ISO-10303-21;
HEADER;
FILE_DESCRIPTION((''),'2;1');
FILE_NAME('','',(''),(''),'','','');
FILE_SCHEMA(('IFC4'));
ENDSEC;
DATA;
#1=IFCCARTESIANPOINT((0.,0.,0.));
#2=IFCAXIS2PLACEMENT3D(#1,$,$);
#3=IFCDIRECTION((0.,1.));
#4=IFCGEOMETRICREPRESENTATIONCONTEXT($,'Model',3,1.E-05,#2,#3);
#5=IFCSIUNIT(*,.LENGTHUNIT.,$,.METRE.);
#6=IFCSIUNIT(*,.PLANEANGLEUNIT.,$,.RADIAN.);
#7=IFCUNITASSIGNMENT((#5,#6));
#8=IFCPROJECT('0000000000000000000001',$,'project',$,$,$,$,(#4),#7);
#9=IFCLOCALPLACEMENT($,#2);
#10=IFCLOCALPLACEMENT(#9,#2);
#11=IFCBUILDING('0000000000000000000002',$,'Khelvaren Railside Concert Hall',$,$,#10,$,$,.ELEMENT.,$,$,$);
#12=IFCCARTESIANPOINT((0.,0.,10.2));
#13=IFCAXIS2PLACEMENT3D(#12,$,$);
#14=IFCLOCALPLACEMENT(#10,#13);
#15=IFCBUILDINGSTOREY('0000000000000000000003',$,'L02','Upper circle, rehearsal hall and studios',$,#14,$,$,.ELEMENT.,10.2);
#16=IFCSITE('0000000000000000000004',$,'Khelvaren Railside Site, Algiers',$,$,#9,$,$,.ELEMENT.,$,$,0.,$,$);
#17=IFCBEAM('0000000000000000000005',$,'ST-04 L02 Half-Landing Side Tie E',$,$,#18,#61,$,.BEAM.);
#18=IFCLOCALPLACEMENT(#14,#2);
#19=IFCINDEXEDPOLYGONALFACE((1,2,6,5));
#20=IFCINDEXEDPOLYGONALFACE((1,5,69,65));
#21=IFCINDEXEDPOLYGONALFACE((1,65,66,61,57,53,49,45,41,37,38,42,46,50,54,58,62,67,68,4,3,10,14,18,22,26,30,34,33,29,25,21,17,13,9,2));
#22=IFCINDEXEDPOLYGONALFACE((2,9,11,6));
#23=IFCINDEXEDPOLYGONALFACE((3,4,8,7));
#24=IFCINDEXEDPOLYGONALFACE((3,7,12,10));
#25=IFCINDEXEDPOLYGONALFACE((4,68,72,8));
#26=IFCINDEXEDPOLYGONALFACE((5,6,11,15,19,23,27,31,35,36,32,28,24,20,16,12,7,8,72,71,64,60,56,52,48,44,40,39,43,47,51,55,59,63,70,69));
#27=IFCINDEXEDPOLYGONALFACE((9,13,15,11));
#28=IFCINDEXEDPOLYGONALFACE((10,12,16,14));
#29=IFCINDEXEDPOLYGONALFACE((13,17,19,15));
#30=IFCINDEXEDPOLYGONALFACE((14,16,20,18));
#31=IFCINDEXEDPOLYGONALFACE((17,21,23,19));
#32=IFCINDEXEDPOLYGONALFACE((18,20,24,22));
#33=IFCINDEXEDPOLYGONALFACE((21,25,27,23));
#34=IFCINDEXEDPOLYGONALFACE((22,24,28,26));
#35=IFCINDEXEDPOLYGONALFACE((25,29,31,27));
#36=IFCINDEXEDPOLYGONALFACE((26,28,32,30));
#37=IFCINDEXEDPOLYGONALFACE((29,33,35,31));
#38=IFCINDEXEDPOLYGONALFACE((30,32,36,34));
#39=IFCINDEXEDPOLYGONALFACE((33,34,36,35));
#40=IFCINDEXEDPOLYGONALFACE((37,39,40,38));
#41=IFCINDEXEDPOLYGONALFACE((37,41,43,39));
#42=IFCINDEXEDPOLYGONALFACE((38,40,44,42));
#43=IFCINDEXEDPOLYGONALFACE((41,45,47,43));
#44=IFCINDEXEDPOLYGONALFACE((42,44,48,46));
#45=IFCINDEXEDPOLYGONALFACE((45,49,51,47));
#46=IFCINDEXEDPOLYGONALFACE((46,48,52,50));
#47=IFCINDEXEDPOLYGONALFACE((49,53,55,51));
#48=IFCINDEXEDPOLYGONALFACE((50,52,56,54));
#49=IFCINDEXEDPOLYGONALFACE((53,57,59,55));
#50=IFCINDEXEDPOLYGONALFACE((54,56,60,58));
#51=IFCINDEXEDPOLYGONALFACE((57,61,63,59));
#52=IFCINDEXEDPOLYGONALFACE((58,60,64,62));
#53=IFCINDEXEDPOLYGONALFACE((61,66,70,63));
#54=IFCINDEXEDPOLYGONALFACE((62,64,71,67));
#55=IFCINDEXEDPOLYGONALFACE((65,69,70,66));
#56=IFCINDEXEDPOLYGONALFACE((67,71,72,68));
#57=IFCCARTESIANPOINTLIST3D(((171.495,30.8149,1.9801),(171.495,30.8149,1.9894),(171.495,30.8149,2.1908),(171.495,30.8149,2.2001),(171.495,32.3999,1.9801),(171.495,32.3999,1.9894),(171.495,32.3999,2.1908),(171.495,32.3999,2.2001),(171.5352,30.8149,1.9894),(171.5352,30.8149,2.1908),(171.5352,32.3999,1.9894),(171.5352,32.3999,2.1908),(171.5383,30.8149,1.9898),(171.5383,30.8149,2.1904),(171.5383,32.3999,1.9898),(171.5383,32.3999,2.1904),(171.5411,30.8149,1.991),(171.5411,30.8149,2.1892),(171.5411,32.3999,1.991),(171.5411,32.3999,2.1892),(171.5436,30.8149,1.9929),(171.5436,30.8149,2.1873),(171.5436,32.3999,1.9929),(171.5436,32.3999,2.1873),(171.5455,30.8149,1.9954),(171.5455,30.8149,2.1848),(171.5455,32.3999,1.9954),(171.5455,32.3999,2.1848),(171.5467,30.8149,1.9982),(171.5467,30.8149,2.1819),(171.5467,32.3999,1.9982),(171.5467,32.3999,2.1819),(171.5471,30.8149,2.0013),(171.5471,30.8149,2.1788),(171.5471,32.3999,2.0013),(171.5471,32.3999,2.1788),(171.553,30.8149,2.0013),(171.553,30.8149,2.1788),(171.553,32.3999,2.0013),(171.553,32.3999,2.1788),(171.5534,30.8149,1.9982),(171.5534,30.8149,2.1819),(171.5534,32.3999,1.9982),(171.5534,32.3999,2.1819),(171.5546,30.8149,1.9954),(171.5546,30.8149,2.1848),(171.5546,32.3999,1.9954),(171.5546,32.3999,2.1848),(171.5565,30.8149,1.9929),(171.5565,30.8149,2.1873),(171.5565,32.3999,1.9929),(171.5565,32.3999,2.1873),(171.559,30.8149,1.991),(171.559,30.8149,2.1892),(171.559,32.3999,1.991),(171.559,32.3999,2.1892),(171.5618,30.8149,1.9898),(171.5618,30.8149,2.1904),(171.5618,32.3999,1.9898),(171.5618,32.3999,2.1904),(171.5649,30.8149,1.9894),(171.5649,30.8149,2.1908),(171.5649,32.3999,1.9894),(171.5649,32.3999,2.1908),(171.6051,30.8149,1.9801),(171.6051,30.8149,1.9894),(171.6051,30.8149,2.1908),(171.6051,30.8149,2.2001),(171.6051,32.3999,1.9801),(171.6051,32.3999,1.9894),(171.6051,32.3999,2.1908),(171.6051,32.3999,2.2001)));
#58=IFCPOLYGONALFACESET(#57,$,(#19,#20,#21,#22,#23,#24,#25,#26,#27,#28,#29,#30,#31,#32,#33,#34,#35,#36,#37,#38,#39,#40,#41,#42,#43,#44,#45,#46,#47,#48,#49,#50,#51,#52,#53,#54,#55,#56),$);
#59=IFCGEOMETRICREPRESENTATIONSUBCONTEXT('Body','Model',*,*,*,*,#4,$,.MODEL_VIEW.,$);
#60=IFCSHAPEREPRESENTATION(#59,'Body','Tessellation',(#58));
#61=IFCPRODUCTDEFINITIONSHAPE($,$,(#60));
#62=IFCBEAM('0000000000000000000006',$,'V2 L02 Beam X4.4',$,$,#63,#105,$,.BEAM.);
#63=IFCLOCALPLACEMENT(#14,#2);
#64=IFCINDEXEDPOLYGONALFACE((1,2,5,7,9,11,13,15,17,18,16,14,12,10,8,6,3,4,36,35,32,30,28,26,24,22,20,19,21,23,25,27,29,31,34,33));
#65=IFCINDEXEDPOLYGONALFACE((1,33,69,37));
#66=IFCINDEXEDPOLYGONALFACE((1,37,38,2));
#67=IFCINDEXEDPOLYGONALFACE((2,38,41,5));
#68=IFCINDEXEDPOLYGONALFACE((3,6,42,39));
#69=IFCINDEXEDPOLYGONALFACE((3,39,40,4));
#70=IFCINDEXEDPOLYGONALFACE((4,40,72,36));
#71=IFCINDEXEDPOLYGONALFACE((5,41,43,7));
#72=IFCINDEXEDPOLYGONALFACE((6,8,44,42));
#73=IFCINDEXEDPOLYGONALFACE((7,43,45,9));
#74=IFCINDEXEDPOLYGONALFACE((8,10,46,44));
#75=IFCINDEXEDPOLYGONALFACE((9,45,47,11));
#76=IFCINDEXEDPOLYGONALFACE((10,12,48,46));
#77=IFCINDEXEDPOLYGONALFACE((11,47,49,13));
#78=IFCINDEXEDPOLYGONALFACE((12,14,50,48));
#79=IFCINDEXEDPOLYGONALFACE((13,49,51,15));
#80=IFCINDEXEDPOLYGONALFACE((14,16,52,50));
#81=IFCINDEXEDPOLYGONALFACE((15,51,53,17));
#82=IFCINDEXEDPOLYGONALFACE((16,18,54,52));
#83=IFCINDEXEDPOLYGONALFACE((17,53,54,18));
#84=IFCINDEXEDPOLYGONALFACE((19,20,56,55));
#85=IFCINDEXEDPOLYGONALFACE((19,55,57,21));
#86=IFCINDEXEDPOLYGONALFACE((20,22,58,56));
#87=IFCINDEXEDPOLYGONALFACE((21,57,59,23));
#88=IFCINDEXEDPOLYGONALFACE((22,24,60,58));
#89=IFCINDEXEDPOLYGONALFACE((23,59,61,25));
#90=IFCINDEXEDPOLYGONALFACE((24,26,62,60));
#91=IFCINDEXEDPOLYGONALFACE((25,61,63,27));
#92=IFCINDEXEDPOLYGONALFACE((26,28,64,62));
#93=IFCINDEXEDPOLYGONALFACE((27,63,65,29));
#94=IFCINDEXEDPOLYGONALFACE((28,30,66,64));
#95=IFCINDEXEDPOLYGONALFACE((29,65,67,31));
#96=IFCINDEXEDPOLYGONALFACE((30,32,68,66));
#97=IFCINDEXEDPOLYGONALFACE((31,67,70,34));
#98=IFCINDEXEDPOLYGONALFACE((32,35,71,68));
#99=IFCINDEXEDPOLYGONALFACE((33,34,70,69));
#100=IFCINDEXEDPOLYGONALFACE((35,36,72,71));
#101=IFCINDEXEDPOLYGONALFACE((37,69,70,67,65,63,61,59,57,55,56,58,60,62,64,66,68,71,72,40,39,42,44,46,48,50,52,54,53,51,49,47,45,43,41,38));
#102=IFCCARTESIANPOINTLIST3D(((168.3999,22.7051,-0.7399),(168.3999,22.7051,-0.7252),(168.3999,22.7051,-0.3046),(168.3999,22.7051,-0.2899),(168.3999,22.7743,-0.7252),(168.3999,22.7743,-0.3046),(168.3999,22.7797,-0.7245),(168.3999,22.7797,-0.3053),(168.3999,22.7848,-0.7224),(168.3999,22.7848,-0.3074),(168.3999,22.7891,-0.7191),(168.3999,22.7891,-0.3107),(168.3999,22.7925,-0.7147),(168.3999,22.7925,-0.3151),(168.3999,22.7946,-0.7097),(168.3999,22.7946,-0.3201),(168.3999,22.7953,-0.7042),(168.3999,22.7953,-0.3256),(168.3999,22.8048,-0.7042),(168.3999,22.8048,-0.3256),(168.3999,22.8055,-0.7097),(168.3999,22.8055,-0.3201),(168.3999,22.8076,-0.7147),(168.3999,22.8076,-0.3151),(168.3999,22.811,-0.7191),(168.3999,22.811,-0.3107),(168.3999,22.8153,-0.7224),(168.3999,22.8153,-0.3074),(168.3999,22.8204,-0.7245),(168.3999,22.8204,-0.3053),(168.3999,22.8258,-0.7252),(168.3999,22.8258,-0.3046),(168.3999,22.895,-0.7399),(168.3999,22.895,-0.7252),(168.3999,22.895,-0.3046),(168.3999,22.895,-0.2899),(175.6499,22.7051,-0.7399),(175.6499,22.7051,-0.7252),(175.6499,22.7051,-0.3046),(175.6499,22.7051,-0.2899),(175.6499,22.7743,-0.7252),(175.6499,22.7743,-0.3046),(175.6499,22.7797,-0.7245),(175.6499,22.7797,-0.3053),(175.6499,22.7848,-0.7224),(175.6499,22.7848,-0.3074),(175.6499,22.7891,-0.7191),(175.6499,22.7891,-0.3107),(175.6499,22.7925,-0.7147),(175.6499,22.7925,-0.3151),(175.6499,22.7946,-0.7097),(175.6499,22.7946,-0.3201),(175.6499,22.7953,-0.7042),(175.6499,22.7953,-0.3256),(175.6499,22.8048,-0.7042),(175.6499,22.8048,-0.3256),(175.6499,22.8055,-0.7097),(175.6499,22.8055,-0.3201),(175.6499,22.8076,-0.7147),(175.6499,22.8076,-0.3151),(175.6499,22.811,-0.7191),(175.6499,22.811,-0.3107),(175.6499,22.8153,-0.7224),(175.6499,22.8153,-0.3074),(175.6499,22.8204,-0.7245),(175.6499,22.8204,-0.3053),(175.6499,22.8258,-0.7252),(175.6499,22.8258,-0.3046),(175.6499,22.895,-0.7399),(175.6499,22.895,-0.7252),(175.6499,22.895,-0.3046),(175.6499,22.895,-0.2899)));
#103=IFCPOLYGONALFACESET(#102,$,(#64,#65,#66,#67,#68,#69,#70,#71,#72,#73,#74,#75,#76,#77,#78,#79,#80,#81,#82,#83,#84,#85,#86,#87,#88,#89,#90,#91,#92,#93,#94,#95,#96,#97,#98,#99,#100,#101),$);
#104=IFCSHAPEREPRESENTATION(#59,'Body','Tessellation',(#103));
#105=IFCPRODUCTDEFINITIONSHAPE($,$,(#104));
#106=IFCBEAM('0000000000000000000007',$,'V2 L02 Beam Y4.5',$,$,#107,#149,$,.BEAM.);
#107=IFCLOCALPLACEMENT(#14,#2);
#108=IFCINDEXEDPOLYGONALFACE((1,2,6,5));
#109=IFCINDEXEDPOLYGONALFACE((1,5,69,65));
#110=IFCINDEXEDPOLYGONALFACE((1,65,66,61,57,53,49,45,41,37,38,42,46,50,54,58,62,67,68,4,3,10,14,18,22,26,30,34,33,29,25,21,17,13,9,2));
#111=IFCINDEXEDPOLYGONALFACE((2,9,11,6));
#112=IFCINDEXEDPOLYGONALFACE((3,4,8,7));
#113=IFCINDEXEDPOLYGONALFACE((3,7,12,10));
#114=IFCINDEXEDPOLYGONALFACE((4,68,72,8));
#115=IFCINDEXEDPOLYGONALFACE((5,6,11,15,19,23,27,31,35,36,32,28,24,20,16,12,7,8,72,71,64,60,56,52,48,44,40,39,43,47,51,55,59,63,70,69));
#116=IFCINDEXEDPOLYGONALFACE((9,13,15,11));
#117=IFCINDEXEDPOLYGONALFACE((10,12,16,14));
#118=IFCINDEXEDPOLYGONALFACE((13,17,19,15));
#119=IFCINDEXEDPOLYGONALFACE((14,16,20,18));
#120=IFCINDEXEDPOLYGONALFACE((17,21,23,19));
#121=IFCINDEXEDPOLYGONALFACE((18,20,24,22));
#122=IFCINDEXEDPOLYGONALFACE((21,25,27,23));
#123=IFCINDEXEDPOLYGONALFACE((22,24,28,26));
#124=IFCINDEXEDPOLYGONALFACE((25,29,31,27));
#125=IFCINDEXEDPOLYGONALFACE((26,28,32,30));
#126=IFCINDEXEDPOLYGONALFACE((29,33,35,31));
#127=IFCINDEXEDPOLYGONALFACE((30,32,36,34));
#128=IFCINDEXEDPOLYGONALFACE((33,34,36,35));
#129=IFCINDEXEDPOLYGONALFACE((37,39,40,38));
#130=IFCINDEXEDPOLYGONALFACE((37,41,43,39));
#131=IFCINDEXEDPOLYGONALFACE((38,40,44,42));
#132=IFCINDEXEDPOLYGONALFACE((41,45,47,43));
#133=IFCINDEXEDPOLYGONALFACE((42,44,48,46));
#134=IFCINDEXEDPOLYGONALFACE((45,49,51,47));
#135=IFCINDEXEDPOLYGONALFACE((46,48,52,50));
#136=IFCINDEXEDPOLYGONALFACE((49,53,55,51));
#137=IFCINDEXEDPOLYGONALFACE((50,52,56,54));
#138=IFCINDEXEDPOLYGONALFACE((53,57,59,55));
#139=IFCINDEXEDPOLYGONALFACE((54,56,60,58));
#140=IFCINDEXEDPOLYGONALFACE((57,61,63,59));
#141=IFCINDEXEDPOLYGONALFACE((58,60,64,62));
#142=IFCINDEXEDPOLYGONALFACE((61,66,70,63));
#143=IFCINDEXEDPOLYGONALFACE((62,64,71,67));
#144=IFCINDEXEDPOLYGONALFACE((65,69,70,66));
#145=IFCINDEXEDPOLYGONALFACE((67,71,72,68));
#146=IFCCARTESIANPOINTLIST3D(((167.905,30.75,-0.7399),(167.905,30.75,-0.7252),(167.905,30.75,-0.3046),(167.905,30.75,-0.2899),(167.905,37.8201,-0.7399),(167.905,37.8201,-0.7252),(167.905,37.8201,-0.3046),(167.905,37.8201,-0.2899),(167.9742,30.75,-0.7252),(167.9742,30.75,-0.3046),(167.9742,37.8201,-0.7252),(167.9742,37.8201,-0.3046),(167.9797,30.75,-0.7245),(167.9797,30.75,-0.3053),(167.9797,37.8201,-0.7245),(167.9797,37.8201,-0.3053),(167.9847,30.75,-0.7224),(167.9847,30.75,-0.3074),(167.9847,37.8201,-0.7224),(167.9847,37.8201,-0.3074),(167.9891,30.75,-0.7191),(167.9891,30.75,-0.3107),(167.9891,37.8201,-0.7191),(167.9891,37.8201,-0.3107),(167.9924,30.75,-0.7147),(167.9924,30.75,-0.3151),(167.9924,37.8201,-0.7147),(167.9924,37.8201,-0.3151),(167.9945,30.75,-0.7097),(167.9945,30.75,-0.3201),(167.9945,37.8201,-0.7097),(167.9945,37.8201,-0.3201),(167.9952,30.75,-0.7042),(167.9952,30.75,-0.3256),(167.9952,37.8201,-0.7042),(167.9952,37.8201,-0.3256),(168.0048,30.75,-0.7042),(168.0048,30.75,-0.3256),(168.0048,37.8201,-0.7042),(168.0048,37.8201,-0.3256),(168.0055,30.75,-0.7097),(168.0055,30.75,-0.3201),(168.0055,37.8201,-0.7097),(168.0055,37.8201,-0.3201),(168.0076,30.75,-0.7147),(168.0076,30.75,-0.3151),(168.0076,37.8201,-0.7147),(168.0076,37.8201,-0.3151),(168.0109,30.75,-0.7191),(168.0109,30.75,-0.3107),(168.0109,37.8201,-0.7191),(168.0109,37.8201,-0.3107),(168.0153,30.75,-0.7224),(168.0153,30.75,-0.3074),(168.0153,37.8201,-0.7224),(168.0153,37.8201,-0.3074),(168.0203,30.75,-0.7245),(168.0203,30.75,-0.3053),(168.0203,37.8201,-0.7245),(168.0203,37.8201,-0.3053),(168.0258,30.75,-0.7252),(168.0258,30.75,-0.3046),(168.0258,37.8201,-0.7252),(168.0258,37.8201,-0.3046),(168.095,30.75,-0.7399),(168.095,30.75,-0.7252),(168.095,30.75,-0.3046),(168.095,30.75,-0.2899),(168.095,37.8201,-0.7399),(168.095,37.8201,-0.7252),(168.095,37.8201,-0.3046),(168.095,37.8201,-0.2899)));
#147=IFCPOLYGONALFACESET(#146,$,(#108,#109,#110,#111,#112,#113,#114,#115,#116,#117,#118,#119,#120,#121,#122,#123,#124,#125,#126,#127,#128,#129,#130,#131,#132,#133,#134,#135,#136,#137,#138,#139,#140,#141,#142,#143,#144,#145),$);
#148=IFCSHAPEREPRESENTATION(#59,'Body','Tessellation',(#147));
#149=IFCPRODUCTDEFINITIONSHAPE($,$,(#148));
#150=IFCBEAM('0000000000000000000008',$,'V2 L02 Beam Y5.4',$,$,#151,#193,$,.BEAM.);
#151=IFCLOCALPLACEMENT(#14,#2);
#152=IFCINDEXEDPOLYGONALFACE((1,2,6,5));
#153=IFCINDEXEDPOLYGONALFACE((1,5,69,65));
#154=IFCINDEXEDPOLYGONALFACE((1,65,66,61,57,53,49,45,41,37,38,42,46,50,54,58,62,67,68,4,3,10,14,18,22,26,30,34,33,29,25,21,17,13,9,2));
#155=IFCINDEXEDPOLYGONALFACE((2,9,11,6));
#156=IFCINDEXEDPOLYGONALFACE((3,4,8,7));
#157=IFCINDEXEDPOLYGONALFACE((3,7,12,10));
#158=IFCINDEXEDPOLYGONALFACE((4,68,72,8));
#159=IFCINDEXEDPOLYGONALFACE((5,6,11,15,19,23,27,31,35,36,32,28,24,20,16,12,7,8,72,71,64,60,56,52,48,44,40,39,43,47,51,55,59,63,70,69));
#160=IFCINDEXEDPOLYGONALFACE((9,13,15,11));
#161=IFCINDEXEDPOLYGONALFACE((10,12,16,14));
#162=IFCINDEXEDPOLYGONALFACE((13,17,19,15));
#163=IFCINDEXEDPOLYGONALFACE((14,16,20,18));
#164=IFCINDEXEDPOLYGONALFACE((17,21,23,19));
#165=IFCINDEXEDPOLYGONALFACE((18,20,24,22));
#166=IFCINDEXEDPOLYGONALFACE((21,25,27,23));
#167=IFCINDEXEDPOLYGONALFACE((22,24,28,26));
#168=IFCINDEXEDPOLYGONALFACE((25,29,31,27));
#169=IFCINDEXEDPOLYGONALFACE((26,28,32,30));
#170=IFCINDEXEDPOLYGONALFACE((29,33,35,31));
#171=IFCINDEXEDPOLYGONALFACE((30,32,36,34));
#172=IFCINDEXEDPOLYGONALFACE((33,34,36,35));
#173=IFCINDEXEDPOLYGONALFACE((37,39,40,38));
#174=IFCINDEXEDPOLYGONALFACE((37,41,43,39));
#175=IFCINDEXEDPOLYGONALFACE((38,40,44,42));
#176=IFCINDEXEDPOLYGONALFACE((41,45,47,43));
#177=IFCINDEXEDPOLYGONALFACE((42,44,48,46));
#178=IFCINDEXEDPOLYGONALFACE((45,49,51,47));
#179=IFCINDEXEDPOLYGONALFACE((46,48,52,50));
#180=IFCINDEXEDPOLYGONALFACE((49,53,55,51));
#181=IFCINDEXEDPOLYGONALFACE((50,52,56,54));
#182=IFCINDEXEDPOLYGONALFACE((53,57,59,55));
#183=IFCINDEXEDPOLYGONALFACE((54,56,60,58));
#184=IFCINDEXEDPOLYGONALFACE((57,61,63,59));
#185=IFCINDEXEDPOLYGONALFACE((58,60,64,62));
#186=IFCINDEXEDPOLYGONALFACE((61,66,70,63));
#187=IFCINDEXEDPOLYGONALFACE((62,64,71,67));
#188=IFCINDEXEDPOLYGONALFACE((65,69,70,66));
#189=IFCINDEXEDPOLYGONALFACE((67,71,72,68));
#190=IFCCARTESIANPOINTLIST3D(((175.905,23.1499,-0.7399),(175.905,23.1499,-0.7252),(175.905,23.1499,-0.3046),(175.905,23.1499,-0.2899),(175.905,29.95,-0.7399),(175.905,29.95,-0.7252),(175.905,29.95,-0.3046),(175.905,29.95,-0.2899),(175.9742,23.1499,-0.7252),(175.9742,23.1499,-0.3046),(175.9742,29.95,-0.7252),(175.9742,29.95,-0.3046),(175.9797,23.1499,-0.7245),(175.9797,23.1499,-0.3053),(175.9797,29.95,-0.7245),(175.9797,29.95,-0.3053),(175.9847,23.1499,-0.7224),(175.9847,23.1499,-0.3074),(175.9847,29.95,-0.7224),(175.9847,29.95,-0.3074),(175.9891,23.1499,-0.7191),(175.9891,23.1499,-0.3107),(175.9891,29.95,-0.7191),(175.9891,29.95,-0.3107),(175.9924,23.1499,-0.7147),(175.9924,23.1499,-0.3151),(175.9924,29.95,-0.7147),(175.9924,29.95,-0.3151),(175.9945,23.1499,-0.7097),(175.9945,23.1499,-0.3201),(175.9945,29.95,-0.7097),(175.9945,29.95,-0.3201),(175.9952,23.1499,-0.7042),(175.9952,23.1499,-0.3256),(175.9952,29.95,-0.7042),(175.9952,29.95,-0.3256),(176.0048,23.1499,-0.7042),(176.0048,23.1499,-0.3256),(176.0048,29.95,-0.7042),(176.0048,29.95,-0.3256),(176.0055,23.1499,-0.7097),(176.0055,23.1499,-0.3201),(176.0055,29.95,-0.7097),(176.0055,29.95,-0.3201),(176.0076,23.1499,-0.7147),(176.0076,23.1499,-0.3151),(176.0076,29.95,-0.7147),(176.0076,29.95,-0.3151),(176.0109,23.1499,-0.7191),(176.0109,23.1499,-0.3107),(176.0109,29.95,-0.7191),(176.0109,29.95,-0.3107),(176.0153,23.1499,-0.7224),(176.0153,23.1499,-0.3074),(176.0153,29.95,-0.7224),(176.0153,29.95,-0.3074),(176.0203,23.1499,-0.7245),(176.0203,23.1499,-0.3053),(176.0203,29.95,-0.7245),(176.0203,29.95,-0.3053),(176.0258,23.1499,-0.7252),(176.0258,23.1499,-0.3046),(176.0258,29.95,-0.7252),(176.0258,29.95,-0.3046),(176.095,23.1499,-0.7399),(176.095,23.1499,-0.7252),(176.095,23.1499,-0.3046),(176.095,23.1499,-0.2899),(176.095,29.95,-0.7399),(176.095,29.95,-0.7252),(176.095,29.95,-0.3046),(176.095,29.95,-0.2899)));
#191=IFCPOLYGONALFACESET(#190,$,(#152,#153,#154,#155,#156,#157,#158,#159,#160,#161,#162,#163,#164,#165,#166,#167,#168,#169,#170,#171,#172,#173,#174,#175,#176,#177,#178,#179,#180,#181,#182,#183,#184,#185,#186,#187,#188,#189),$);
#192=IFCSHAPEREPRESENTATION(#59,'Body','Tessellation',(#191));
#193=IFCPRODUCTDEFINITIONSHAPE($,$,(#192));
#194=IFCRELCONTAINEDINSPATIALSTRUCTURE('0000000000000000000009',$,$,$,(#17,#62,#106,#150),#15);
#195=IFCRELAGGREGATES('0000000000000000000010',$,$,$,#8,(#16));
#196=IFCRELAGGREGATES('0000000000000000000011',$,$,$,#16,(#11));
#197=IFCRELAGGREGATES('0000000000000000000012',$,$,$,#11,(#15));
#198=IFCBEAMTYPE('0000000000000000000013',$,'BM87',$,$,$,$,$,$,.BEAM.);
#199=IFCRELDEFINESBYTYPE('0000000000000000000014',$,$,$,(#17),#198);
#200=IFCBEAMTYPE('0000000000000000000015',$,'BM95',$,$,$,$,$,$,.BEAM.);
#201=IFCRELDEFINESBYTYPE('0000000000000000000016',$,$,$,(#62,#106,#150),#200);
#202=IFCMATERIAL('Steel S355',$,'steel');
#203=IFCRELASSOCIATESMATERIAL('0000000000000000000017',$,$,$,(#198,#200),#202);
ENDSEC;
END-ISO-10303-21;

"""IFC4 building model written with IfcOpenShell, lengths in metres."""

from ifc_helpers import new_model, si_unit, direction, frame, origin, origin_2d, place, context, subcontext, project, spatial, i_section, extrude, material, material_profile, profile_set, type_object, element, save


model = new_model("IFC4")

# Units and contexts
model_context = context("Model", 3, precision=1e-05, world=origin(), true_north=direction((0.0, 1.0)))
body_context = subcontext(model_context, "Body", "Model", "MODEL_VIEW")
ifc_project = project(units=[si_unit("LENGTHUNIT", "METRE"), si_unit("PLANEANGLEUNIT", "RADIAN")], contexts=[model_context])

# Site, building, storey
site_placement = place(None, origin())
site = spatial("IfcSite", under=ifc_project, at=site_placement, Name="Khelvaren Railside Site, Algiers", CompositionType="ELEMENT", RefElevation=0.0)
building_placement = place(site_placement, origin())
building = spatial("IfcBuilding", under=site, at=building_placement, Name="Khelvaren Railside Concert Hall", CompositionType="ELEMENT")
storey_placement = place(building_placement, frame((0.0, 0.0, 10.2)))
storey = spatial("IfcBuildingStorey", under=building, at=storey_placement, Name="L02", Description="Upper circle, rehearsal hall and studios", CompositionType="ELEMENT", Elevation=10.2)

# Beams
ifc_material_1 = material(Name="Steel S355", Category="steel")
ifc_material_profile_1 = material_profile(ifc_material_1, i_section(OverallWidth=0.1101, OverallDepth=0.22, WebThickness=0.0059, FlangeThickness=0.0093, FilletRadius=0.012, at=origin_2d()), Name="IPE 220")
ifc_profile_set_1 = profile_set([ifc_material_profile_1], Name="Steel S355")
beam_type_1 = type_object("IfcBeamType", Name="BM87", PredefinedType="BEAM", material=ifc_profile_set_1)
for number, where, z_axis, x_axis, name in (
    (1, (171.55, 30.8149, 2.0901), (0.0, 1.0, 0.0), (-1.0, 0.0, 0.0), "ST-04 L02 Half-Landing Side Tie E"),
):
    element("IfcBeam", number, at=place(storey_placement, frame(where, z_axis=z_axis, x_axis=x_axis)), inside=storey, type_object=beam_type_1, Name=name, PredefinedType="BEAM", context=body_context, shape_type="SweptSolid", body=[
        extrude(i_section(OverallWidth=0.1101, OverallDepth=0.22, WebThickness=0.0059, FlangeThickness=0.0093, FilletRadius=0.012, at=origin_2d()), origin(), (0.0, 0.0, 1.0), 1.585),
    ])
ifc_material_profile_2 = material_profile(ifc_material_1, i_section(OverallWidth=0.1899, OverallDepth=0.45, WebThickness=0.0095, FlangeThickness=0.0146, FilletRadius=0.021, at=origin_2d()), Name="IPE 450")
ifc_profile_set_2 = profile_set([ifc_material_profile_2], Name="Steel S355")
beam_type_2 = type_object("IfcBeamType", Name="BM95", PredefinedType="BEAM", material=ifc_profile_set_2)
beam_1_placement = place(storey_placement, frame((168.3999, 22.8, -0.5149), z_axis=(1.0, 0.0, 0.0), x_axis=(0.0, 1.0, 0.0)))
element("IfcBeam", 2, at=beam_1_placement, inside=storey, type_object=beam_type_2, Name="V2 L02 Beam X4.4", PredefinedType="BEAM", context=body_context, shape_type="SweptSolid", body=[
    extrude(i_section(OverallWidth=0.1899, OverallDepth=0.45, WebThickness=0.0095, FlangeThickness=0.0146, FilletRadius=0.021, at=origin_2d()), origin(), (0.0, 0.0, 1.0), 7.25),
])
beam_2_placement = place(storey_placement, frame((168.0, 30.75, -0.5149), z_axis=(0.0, 1.0, 0.0), x_axis=(-1.0, 0.0, 0.0)))
element("IfcBeam", 3, at=beam_2_placement, inside=storey, type_object=beam_type_2, Name="V2 L02 Beam Y4.5", PredefinedType="BEAM", context=body_context, shape_type="SweptSolid", body=[
    extrude(i_section(OverallWidth=0.1899, OverallDepth=0.45, WebThickness=0.0095, FlangeThickness=0.0146, FilletRadius=0.021, at=origin_2d()), origin(), (0.0, 0.0, 1.0), 7.0701),
])
beam_3_placement = place(storey_placement, frame((176.0, 23.1499, -0.5149), z_axis=(0.0, 1.0, 0.0), x_axis=(-1.0, 0.0, 0.0)))
element("IfcBeam", 4, at=beam_3_placement, inside=storey, type_object=beam_type_2, Name="V2 L02 Beam Y5.4", PredefinedType="BEAM", context=body_context, shape_type="SweptSolid", body=[
    extrude(i_section(OverallWidth=0.1899, OverallDepth=0.45, WebThickness=0.0095, FlangeThickness=0.0146, FilletRadius=0.021, at=origin_2d()), origin(), (0.0, 0.0, 1.0), 6.8),
])

save(model, "model.ifc")
